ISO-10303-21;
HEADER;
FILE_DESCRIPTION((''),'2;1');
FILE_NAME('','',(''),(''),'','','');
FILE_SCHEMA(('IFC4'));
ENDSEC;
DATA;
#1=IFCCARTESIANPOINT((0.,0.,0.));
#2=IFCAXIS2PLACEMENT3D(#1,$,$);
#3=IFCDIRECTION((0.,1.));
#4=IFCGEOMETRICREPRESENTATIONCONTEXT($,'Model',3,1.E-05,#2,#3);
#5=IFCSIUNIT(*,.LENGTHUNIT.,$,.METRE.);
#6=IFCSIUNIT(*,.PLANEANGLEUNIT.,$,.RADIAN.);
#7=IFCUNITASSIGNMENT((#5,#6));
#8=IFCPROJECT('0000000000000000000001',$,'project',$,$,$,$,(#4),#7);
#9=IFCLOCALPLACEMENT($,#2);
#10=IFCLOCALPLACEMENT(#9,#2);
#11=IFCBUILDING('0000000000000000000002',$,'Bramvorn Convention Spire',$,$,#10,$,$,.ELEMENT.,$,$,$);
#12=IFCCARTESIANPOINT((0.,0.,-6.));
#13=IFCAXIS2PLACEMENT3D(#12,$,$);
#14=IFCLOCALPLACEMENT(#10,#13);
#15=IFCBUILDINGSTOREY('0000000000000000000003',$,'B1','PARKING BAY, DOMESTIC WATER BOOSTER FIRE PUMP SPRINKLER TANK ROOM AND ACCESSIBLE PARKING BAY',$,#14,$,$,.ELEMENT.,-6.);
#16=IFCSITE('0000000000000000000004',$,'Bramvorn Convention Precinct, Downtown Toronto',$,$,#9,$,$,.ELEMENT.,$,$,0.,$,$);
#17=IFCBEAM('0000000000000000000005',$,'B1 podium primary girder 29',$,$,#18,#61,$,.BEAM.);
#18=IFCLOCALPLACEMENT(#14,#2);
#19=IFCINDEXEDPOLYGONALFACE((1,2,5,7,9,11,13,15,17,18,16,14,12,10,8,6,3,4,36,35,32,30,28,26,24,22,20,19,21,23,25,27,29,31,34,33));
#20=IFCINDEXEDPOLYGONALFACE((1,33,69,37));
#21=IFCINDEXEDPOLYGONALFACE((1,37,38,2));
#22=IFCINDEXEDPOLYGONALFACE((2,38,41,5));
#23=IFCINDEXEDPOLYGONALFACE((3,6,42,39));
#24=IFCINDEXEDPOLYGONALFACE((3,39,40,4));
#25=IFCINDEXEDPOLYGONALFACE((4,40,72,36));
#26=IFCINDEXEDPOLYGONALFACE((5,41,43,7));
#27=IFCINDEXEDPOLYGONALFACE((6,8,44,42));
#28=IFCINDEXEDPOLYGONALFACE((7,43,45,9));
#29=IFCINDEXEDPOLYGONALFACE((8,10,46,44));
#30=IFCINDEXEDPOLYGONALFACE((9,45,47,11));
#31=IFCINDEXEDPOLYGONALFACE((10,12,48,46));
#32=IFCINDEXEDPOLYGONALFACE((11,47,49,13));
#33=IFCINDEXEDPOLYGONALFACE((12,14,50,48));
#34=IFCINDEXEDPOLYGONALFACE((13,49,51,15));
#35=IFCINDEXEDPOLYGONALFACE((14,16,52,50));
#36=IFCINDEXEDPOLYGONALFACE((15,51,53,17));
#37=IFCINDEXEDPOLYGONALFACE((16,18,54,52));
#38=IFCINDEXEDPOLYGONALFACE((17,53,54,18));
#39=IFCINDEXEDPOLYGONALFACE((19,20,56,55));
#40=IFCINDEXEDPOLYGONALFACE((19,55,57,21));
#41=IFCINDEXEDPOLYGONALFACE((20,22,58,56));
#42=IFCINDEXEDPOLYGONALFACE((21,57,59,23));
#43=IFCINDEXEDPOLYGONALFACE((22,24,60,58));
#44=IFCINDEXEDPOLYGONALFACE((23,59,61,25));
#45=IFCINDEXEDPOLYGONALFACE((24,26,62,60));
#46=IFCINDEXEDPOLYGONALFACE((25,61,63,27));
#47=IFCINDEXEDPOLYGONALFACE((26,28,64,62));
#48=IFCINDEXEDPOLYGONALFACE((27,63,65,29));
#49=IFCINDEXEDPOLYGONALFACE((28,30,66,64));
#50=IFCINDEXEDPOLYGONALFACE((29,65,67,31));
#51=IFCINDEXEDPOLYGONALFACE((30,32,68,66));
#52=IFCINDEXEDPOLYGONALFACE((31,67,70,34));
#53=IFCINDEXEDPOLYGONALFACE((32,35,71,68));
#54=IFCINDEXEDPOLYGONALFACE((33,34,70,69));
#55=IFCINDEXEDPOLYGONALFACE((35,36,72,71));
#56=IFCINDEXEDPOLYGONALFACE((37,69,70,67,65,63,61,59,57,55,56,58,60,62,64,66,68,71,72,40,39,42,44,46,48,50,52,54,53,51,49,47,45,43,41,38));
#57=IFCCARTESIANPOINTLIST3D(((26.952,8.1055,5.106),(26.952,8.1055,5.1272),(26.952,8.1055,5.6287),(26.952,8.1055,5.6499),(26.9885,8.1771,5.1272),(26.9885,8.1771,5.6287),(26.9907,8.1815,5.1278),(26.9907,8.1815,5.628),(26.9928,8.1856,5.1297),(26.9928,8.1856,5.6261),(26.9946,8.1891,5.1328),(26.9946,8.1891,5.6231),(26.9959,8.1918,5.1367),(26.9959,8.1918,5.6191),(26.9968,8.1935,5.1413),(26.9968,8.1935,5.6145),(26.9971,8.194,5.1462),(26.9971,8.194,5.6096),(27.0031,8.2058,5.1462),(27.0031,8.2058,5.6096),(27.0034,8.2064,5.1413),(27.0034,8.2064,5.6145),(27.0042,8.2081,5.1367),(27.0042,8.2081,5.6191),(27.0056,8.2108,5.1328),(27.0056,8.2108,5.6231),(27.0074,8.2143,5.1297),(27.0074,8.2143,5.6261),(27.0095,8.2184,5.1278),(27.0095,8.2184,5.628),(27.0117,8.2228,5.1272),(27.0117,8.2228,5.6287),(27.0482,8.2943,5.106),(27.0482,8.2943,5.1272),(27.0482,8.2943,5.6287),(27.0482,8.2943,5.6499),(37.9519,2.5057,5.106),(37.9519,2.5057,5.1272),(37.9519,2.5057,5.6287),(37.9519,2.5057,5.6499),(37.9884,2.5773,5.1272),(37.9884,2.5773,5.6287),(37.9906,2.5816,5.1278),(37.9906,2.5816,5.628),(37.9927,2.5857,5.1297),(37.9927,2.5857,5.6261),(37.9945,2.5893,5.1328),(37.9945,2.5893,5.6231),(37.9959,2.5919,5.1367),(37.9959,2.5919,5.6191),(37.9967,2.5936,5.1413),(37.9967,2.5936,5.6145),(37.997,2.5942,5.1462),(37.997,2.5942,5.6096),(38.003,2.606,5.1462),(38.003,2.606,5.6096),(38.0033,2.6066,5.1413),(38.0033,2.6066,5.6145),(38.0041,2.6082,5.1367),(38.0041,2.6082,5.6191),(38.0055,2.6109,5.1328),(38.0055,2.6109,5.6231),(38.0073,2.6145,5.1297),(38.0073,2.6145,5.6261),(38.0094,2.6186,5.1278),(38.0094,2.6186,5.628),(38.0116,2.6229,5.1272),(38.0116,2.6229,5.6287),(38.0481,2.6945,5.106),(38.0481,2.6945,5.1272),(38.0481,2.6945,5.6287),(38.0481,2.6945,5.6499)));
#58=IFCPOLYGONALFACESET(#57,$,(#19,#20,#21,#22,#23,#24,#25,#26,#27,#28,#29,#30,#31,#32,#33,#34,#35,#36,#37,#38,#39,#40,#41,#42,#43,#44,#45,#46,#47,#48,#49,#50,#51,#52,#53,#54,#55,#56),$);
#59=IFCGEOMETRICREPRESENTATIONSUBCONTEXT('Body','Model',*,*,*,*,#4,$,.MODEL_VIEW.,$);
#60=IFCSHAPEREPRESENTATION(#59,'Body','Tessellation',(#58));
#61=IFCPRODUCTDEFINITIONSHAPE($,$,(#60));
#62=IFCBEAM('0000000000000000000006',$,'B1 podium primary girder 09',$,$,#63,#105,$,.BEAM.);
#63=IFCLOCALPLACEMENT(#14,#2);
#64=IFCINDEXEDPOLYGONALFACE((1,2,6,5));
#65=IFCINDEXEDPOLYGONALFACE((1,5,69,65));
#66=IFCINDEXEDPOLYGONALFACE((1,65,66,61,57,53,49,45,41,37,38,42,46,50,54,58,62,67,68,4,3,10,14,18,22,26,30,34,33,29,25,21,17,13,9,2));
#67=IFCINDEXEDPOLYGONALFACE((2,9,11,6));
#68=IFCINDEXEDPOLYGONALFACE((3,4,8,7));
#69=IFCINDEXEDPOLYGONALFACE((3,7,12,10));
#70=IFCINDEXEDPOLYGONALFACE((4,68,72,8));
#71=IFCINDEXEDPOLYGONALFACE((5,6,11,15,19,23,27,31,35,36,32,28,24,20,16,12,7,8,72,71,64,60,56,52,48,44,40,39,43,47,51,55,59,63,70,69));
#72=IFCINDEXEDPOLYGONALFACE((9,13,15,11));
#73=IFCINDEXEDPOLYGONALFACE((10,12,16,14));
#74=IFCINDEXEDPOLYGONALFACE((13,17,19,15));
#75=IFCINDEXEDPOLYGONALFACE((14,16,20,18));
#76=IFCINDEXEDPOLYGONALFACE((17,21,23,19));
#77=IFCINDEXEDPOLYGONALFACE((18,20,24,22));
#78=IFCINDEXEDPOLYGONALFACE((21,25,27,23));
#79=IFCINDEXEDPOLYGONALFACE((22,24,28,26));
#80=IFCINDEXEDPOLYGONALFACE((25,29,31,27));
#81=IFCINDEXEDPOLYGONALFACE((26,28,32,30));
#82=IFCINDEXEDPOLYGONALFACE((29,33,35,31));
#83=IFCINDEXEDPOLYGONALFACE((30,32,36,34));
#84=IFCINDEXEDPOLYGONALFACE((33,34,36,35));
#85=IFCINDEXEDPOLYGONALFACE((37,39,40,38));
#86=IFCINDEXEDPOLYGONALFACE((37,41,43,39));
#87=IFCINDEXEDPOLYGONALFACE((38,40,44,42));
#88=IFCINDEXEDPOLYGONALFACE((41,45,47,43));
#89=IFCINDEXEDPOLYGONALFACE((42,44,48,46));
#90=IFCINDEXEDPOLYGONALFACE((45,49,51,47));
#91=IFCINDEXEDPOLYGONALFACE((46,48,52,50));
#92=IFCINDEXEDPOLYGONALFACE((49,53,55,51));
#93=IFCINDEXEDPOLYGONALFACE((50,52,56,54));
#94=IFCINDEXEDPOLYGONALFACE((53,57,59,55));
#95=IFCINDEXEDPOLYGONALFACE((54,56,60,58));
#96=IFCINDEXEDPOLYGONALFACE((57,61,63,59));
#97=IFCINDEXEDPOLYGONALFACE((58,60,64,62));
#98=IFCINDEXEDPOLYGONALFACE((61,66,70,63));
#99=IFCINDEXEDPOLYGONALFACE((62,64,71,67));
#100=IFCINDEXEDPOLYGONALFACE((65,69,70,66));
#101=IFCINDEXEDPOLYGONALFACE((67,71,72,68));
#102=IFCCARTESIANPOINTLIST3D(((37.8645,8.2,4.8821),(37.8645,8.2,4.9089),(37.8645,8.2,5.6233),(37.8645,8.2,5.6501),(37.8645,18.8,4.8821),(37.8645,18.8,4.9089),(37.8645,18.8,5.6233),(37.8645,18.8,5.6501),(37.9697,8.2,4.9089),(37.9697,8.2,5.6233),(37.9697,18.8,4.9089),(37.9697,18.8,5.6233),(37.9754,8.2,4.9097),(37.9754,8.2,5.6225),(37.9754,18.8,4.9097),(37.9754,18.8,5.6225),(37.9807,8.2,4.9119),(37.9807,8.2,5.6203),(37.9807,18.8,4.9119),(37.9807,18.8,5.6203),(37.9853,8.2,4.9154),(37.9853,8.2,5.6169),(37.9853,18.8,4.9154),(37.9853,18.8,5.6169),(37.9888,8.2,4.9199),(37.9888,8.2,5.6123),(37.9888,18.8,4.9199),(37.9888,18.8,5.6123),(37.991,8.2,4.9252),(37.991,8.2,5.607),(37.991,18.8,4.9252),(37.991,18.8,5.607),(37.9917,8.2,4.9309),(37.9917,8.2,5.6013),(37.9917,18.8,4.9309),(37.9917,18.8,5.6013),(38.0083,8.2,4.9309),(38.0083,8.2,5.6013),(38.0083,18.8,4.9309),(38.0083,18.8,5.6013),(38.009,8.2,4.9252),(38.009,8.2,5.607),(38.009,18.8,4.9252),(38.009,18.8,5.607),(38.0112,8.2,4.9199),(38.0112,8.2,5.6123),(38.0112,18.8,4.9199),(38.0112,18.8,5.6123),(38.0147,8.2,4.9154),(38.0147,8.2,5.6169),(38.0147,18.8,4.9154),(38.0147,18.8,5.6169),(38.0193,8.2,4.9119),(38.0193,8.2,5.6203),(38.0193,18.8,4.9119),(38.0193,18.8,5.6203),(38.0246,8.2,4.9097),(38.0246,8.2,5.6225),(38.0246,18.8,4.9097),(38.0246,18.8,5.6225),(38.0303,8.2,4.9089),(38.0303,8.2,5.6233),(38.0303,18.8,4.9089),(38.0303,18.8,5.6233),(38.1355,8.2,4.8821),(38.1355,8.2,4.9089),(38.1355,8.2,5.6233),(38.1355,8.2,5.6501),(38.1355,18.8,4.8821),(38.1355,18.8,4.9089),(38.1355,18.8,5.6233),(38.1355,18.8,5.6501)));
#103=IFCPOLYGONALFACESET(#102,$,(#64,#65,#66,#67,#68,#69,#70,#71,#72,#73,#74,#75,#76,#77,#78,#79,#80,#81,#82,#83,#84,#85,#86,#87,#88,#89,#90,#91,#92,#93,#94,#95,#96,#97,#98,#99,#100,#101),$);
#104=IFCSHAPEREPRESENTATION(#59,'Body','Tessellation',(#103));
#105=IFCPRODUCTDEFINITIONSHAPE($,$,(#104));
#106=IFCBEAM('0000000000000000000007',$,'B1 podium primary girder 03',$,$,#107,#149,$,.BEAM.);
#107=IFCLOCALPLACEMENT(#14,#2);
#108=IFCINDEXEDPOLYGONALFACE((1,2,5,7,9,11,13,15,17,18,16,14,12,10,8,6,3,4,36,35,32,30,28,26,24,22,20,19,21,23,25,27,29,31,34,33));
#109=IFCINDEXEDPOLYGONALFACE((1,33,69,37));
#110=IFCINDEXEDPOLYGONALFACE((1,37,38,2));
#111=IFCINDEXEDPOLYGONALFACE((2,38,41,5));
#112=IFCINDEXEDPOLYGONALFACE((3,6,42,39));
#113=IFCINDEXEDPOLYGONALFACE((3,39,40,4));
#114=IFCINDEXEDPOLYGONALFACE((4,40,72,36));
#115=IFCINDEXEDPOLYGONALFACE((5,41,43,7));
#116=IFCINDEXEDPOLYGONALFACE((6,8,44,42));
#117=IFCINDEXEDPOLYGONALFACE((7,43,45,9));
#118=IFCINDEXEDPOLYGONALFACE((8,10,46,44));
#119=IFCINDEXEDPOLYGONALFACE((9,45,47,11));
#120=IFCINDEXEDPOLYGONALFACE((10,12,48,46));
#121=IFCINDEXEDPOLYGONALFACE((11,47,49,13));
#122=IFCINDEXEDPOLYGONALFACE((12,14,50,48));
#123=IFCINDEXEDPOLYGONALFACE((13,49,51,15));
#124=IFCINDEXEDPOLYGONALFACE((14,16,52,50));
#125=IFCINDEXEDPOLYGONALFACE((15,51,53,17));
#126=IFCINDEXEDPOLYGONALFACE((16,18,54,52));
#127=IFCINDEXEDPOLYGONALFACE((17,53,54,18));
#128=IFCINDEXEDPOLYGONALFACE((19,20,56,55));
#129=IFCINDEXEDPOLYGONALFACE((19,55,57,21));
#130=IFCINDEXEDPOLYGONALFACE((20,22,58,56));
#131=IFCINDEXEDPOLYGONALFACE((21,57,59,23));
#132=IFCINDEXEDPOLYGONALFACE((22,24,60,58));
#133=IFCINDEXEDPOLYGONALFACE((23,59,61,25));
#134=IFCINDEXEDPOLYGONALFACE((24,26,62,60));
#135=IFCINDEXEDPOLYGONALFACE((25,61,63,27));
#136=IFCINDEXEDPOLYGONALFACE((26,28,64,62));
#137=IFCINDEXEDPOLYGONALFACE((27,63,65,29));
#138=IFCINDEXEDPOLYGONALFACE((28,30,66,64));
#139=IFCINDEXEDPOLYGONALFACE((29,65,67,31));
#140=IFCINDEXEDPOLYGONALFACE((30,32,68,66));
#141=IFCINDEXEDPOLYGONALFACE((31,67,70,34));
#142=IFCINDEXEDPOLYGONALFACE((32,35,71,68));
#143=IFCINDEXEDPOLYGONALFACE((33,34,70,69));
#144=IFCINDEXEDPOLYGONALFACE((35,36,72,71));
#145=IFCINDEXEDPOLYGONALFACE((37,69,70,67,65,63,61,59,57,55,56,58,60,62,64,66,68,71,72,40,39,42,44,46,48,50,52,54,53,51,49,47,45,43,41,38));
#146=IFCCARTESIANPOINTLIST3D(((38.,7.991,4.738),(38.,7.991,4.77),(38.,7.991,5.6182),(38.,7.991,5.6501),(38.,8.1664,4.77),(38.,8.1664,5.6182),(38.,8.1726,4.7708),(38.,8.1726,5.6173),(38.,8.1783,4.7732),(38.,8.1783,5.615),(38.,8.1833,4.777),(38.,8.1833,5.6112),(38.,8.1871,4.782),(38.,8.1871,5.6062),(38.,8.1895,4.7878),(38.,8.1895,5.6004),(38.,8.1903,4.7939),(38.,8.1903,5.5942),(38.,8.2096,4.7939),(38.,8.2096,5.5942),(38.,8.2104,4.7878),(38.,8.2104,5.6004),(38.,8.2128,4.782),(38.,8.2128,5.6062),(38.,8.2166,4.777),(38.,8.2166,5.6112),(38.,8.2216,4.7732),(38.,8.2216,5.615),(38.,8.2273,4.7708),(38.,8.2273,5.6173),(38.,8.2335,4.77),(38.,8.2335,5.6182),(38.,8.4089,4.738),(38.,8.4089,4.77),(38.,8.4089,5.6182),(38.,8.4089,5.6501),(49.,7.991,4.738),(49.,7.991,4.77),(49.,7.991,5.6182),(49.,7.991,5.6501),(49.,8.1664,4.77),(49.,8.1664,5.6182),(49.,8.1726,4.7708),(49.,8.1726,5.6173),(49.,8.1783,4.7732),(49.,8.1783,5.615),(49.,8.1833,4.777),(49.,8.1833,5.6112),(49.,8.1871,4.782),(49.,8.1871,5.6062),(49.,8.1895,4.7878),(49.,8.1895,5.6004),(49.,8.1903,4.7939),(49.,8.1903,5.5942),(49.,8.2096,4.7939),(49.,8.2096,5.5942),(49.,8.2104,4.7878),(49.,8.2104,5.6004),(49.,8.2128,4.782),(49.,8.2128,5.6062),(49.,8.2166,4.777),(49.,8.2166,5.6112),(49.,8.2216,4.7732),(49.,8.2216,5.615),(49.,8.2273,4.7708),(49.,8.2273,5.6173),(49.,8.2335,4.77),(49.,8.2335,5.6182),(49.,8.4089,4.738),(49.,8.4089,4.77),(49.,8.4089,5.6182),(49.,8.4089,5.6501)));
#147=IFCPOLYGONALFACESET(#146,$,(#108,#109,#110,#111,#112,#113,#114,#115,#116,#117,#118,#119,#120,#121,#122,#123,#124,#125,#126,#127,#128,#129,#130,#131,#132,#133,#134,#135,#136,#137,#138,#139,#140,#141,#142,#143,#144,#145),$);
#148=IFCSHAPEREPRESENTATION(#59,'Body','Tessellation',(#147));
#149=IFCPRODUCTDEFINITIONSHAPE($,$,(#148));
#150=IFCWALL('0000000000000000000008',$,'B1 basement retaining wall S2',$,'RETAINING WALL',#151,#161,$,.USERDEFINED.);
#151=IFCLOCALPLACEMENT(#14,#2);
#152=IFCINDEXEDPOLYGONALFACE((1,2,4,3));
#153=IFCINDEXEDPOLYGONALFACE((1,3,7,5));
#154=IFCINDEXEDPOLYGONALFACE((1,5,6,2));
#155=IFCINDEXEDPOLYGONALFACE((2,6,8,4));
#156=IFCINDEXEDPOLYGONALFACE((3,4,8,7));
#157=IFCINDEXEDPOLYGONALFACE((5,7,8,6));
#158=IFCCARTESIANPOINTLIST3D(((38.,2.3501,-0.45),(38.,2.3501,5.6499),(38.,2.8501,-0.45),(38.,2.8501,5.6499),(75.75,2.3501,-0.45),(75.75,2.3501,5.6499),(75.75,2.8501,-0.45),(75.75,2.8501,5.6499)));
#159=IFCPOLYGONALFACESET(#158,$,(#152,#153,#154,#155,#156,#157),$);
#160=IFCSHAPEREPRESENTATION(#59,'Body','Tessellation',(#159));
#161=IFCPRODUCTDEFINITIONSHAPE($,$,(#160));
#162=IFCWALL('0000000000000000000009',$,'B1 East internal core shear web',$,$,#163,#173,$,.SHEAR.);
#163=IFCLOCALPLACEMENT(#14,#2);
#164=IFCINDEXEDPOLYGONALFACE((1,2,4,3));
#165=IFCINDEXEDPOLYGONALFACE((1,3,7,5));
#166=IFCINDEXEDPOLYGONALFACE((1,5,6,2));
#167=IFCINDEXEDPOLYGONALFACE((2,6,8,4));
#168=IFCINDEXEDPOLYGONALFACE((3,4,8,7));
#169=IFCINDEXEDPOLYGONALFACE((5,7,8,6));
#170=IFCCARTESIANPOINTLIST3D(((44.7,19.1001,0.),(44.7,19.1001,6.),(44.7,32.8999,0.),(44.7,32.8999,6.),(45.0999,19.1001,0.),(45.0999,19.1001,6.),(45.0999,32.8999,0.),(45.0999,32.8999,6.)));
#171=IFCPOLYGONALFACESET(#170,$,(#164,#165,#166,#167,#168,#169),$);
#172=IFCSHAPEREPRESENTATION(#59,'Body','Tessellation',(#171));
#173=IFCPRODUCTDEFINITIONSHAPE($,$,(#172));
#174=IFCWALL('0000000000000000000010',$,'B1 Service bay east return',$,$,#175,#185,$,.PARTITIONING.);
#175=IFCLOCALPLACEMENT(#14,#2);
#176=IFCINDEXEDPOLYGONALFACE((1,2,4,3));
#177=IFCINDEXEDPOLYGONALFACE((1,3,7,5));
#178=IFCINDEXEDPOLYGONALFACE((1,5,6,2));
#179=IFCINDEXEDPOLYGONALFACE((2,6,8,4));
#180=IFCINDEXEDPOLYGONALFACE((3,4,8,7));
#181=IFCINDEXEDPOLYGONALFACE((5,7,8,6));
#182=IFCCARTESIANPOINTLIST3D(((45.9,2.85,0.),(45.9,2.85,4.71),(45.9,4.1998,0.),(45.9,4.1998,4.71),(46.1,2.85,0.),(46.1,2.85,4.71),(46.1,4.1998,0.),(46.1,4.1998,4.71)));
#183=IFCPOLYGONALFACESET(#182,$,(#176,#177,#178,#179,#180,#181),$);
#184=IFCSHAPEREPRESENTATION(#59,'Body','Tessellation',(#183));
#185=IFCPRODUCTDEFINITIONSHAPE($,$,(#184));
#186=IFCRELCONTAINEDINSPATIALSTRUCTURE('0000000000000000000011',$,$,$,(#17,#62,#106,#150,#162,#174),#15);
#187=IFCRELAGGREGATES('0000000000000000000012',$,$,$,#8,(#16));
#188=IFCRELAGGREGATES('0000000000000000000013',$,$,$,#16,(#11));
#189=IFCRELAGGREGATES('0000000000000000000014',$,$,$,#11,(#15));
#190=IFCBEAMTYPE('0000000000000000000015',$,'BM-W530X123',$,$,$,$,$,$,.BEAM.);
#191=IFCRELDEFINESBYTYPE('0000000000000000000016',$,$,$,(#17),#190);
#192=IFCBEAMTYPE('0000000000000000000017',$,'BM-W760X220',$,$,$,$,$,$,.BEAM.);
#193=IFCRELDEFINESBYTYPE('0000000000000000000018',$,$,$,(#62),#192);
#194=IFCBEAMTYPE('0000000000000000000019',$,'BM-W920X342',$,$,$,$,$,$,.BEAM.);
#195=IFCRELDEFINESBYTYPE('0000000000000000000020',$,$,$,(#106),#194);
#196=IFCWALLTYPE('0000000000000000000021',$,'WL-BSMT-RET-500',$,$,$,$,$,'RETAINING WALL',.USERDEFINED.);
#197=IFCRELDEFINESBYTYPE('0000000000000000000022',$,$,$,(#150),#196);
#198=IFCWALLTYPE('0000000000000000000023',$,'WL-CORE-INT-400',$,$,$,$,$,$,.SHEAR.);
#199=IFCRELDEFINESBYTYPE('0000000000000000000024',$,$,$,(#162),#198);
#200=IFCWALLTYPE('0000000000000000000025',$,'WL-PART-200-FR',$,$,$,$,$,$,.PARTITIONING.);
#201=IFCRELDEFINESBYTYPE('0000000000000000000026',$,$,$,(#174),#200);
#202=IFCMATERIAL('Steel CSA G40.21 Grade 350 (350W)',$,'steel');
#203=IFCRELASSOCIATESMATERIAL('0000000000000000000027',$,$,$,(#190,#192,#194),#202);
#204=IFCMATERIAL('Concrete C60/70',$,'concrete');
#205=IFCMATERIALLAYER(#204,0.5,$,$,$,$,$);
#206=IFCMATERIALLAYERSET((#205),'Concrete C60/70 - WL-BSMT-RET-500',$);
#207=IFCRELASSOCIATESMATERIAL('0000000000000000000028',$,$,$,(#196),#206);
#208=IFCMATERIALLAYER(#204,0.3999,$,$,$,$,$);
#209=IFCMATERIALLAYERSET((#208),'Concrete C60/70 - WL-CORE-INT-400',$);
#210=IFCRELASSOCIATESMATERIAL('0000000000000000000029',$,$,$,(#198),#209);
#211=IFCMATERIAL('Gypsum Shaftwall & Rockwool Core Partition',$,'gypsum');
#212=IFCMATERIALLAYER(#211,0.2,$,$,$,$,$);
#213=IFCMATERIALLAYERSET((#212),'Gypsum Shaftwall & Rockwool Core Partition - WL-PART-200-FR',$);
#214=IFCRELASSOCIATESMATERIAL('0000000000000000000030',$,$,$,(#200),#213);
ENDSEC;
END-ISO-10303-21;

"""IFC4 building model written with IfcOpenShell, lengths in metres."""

from ifc_helpers import new_model, si_unit, direction, frame, frame_2d, origin, origin_2d, place, context, subcontext, project, spatial, rectangle, i_section, extrude, material, layer, layer_set, material_profile, profile_set, type_object, element, save


model = new_model("IFC4")

# Units and contexts
model_context = context("Model", 3, precision=1e-05, world=origin(), true_north=direction((0.0, 1.0)))
body_context = subcontext(model_context, "Body", "Model", "MODEL_VIEW")
ifc_project = project(units=[si_unit("LENGTHUNIT", "METRE"), si_unit("PLANEANGLEUNIT", "RADIAN")], contexts=[model_context])

# Site, building, storey
site_placement = place(None, origin())
site = spatial("IfcSite", under=ifc_project, at=site_placement, Name="Bramvorn Convention Precinct, Downtown Toronto", CompositionType="ELEMENT", RefElevation=0.0)
building_placement = place(site_placement, origin())
building = spatial("IfcBuilding", under=site, at=building_placement, Name="Bramvorn Convention Spire", CompositionType="ELEMENT")
storey_placement = place(building_placement, frame((0.0, 0.0, -6.0)))
storey = spatial("IfcBuildingStorey", under=building, at=storey_placement, Name="B1", Description="PARKING BAY, DOMESTIC WATER BOOSTER FIRE PUMP SPRINKLER TANK ROOM AND ACCESSIBLE PARKING BAY", CompositionType="ELEMENT", Elevation=-6.0)

# Shared definitions
ifc_material_1 = material(Name="Concrete C60/70", Category="concrete")

# Shared definitions
ifc_material_2 = material(Name="Steel CSA G40.21 Grade 350 (350W)", Category="steel")

# Beams
ifc_material_profile_1 = material_profile(ifc_material_2, i_section(OverallWidth=0.2119, OverallDepth=0.5439, WebThickness=0.0132, FlangeThickness=0.0212, FilletRadius=0.019, at=origin_2d()))
ifc_profile_set_1 = profile_set([ifc_material_profile_1], Name="Steel CSA G40.21 Grade 350 (350W) - W530X123")
beam_type_1 = type_object("IfcBeamType", Name="BM-W530X123", PredefinedType="BEAM", material=ifc_profile_set_1)
beam_1_placement = place(storey_placement, frame((38.0, 2.6001, 5.3779), z_axis=(-0.891168, 0.453674, 0.0), x_axis=(-0.453674, -0.891168, 0.0)))
element("IfcBeam", 1, at=beam_1_placement, inside=storey, type_object=beam_type_1, Name="B1 podium primary girder 29", PredefinedType="BEAM", context=body_context, shape_type="SweptSolid", body=[
    extrude(i_section(OverallWidth=0.2119, OverallDepth=0.5439, WebThickness=0.0132, FlangeThickness=0.0212, FilletRadius=0.019, at=origin_2d()), origin(), (0.0, 0.0, 1.0), 12.3433),
])
ifc_material_profile_2 = material_profile(ifc_material_2, i_section(OverallWidth=0.271, OverallDepth=0.7681, WebThickness=0.0166, FlangeThickness=0.0269, FilletRadius=0.022, at=origin_2d()))
ifc_profile_set_2 = profile_set([ifc_material_profile_2], Name="Steel CSA G40.21 Grade 350 (350W) - W760X220")
beam_type_2 = type_object("IfcBeamType", Name="BM-W760X220", PredefinedType="BEAM", material=ifc_profile_set_2)
beam_2_placement = place(storey_placement, frame((38.0, 8.2, 5.2661), z_axis=(0.0, 1.0, 0.0), x_axis=(-1.0, 0.0, 0.0)))
element("IfcBeam", 2, at=beam_2_placement, inside=storey, type_object=beam_type_2, Name="B1 podium primary girder 09", PredefinedType="BEAM", context=body_context, shape_type="SweptSolid", body=[
    extrude(i_section(OverallWidth=0.271, OverallDepth=0.7681, WebThickness=0.0166, FlangeThickness=0.0269, FilletRadius=0.022, at=origin_2d()), origin(), (0.0, 0.0, 1.0), 10.6001),
])
ifc_material_profile_3 = material_profile(ifc_material_2, i_section(OverallWidth=0.418, OverallDepth=0.9121, WebThickness=0.0193, FlangeThickness=0.032, FilletRadius=0.0239, at=origin_2d()))
ifc_profile_set_3 = profile_set([ifc_material_profile_3], Name="Steel CSA G40.21 Grade 350 (350W) - W920X342")
beam_type_3 = type_object("IfcBeamType", Name="BM-W920X342", PredefinedType="BEAM", material=ifc_profile_set_3)
beam_3_placement = place(storey_placement, frame((38.0, 8.2, 5.1941), z_axis=(1.0, 0.0, 0.0), x_axis=(0.0, 1.0, 0.0)))
element("IfcBeam", 3, at=beam_3_placement, inside=storey, type_object=beam_type_3, Name="B1 podium primary girder 03", PredefinedType="BEAM", context=body_context, shape_type="SweptSolid", body=[
    extrude(i_section(OverallWidth=0.418, OverallDepth=0.9121, WebThickness=0.0193, FlangeThickness=0.032, FilletRadius=0.0239, at=origin_2d()), origin(), (0.0, 0.0, 1.0), 11.0),
])

# Walls
ifc_layer_1 = layer(ifc_material_1, 0.5)
ifc_layer_set_1 = layer_set([ifc_layer_1], Name="Concrete C60/70 - WL-BSMT-RET-500")
wall_type_1 = type_object("IfcWallType", Name="WL-BSMT-RET-500", ElementType="RETAINING WALL", PredefinedType="USERDEFINED", material=ifc_layer_set_1)
wall_1_placement = place(storey_placement, frame((38.0, 2.6001, -0.45), z_axis=(0.0, 0.0, 1.0), x_axis=(1.0, 0.0, 0.0)))
element("IfcWall", 4, at=wall_1_placement, inside=storey, type_object=wall_type_1, Name="B1 basement retaining wall S2", ObjectType="RETAINING WALL", PredefinedType="USERDEFINED", context=body_context, shape_type="SweptSolid", body=[
    extrude(rectangle(XDim=37.75, YDim=0.5, at=frame_2d((18.875, 0.0))), origin(), (0.0, 0.0, 1.0), 6.0999),
])
ifc_layer_2 = layer(ifc_material_1, 0.3999)
ifc_layer_set_2 = layer_set([ifc_layer_2], Name="Concrete C60/70 - WL-CORE-INT-400")
wall_type_2 = type_object("IfcWallType", Name="WL-CORE-INT-400", PredefinedType="SHEAR", material=ifc_layer_set_2)
wall_2_placement = place(storey_placement, frame((44.8999, 19.1001, 0.0), z_axis=(0.0, 0.0, 1.0), x_axis=(0.0, 1.0, 0.0)))
element("IfcWall", 5, at=wall_2_placement, inside=storey, type_object=wall_type_2, Name="B1 East internal core shear web", PredefinedType="SHEAR", context=body_context, shape_type="SweptSolid", body=[
    extrude(rectangle(XDim=13.7998, YDim=0.3999, at=frame_2d((6.8999, 0.0))), origin(), (0.0, 0.0, 1.0), 6.0),
])
ifc_material_3 = material(Name="Gypsum Shaftwall & Rockwool Core Partition", Category="gypsum")
ifc_layer_3 = layer(ifc_material_3, 0.2)
ifc_layer_set_3 = layer_set([ifc_layer_3], Name="Gypsum Shaftwall & Rockwool Core Partition - WL-PART-200-FR")
wall_type_3 = type_object("IfcWallType", Name="WL-PART-200-FR", PredefinedType="PARTITIONING", material=ifc_layer_set_3)
wall_3_placement = place(storey_placement, frame((46.0, 2.8501, 0.0), z_axis=(0.0, 0.0, 1.0), x_axis=(0.0, 1.0, 0.0)))
element("IfcWall", 6, at=wall_3_placement, inside=storey, type_object=wall_type_3, Name="B1 Service bay east return", PredefinedType="PARTITIONING", context=body_context, shape_type="SweptSolid", body=[
    extrude(rectangle(XDim=1.3499, YDim=0.2, at=frame_2d((0.6748, 0.0))), origin(), (0.0, 0.0, 1.0), 4.71),
])

save(model, "model.ifc")
